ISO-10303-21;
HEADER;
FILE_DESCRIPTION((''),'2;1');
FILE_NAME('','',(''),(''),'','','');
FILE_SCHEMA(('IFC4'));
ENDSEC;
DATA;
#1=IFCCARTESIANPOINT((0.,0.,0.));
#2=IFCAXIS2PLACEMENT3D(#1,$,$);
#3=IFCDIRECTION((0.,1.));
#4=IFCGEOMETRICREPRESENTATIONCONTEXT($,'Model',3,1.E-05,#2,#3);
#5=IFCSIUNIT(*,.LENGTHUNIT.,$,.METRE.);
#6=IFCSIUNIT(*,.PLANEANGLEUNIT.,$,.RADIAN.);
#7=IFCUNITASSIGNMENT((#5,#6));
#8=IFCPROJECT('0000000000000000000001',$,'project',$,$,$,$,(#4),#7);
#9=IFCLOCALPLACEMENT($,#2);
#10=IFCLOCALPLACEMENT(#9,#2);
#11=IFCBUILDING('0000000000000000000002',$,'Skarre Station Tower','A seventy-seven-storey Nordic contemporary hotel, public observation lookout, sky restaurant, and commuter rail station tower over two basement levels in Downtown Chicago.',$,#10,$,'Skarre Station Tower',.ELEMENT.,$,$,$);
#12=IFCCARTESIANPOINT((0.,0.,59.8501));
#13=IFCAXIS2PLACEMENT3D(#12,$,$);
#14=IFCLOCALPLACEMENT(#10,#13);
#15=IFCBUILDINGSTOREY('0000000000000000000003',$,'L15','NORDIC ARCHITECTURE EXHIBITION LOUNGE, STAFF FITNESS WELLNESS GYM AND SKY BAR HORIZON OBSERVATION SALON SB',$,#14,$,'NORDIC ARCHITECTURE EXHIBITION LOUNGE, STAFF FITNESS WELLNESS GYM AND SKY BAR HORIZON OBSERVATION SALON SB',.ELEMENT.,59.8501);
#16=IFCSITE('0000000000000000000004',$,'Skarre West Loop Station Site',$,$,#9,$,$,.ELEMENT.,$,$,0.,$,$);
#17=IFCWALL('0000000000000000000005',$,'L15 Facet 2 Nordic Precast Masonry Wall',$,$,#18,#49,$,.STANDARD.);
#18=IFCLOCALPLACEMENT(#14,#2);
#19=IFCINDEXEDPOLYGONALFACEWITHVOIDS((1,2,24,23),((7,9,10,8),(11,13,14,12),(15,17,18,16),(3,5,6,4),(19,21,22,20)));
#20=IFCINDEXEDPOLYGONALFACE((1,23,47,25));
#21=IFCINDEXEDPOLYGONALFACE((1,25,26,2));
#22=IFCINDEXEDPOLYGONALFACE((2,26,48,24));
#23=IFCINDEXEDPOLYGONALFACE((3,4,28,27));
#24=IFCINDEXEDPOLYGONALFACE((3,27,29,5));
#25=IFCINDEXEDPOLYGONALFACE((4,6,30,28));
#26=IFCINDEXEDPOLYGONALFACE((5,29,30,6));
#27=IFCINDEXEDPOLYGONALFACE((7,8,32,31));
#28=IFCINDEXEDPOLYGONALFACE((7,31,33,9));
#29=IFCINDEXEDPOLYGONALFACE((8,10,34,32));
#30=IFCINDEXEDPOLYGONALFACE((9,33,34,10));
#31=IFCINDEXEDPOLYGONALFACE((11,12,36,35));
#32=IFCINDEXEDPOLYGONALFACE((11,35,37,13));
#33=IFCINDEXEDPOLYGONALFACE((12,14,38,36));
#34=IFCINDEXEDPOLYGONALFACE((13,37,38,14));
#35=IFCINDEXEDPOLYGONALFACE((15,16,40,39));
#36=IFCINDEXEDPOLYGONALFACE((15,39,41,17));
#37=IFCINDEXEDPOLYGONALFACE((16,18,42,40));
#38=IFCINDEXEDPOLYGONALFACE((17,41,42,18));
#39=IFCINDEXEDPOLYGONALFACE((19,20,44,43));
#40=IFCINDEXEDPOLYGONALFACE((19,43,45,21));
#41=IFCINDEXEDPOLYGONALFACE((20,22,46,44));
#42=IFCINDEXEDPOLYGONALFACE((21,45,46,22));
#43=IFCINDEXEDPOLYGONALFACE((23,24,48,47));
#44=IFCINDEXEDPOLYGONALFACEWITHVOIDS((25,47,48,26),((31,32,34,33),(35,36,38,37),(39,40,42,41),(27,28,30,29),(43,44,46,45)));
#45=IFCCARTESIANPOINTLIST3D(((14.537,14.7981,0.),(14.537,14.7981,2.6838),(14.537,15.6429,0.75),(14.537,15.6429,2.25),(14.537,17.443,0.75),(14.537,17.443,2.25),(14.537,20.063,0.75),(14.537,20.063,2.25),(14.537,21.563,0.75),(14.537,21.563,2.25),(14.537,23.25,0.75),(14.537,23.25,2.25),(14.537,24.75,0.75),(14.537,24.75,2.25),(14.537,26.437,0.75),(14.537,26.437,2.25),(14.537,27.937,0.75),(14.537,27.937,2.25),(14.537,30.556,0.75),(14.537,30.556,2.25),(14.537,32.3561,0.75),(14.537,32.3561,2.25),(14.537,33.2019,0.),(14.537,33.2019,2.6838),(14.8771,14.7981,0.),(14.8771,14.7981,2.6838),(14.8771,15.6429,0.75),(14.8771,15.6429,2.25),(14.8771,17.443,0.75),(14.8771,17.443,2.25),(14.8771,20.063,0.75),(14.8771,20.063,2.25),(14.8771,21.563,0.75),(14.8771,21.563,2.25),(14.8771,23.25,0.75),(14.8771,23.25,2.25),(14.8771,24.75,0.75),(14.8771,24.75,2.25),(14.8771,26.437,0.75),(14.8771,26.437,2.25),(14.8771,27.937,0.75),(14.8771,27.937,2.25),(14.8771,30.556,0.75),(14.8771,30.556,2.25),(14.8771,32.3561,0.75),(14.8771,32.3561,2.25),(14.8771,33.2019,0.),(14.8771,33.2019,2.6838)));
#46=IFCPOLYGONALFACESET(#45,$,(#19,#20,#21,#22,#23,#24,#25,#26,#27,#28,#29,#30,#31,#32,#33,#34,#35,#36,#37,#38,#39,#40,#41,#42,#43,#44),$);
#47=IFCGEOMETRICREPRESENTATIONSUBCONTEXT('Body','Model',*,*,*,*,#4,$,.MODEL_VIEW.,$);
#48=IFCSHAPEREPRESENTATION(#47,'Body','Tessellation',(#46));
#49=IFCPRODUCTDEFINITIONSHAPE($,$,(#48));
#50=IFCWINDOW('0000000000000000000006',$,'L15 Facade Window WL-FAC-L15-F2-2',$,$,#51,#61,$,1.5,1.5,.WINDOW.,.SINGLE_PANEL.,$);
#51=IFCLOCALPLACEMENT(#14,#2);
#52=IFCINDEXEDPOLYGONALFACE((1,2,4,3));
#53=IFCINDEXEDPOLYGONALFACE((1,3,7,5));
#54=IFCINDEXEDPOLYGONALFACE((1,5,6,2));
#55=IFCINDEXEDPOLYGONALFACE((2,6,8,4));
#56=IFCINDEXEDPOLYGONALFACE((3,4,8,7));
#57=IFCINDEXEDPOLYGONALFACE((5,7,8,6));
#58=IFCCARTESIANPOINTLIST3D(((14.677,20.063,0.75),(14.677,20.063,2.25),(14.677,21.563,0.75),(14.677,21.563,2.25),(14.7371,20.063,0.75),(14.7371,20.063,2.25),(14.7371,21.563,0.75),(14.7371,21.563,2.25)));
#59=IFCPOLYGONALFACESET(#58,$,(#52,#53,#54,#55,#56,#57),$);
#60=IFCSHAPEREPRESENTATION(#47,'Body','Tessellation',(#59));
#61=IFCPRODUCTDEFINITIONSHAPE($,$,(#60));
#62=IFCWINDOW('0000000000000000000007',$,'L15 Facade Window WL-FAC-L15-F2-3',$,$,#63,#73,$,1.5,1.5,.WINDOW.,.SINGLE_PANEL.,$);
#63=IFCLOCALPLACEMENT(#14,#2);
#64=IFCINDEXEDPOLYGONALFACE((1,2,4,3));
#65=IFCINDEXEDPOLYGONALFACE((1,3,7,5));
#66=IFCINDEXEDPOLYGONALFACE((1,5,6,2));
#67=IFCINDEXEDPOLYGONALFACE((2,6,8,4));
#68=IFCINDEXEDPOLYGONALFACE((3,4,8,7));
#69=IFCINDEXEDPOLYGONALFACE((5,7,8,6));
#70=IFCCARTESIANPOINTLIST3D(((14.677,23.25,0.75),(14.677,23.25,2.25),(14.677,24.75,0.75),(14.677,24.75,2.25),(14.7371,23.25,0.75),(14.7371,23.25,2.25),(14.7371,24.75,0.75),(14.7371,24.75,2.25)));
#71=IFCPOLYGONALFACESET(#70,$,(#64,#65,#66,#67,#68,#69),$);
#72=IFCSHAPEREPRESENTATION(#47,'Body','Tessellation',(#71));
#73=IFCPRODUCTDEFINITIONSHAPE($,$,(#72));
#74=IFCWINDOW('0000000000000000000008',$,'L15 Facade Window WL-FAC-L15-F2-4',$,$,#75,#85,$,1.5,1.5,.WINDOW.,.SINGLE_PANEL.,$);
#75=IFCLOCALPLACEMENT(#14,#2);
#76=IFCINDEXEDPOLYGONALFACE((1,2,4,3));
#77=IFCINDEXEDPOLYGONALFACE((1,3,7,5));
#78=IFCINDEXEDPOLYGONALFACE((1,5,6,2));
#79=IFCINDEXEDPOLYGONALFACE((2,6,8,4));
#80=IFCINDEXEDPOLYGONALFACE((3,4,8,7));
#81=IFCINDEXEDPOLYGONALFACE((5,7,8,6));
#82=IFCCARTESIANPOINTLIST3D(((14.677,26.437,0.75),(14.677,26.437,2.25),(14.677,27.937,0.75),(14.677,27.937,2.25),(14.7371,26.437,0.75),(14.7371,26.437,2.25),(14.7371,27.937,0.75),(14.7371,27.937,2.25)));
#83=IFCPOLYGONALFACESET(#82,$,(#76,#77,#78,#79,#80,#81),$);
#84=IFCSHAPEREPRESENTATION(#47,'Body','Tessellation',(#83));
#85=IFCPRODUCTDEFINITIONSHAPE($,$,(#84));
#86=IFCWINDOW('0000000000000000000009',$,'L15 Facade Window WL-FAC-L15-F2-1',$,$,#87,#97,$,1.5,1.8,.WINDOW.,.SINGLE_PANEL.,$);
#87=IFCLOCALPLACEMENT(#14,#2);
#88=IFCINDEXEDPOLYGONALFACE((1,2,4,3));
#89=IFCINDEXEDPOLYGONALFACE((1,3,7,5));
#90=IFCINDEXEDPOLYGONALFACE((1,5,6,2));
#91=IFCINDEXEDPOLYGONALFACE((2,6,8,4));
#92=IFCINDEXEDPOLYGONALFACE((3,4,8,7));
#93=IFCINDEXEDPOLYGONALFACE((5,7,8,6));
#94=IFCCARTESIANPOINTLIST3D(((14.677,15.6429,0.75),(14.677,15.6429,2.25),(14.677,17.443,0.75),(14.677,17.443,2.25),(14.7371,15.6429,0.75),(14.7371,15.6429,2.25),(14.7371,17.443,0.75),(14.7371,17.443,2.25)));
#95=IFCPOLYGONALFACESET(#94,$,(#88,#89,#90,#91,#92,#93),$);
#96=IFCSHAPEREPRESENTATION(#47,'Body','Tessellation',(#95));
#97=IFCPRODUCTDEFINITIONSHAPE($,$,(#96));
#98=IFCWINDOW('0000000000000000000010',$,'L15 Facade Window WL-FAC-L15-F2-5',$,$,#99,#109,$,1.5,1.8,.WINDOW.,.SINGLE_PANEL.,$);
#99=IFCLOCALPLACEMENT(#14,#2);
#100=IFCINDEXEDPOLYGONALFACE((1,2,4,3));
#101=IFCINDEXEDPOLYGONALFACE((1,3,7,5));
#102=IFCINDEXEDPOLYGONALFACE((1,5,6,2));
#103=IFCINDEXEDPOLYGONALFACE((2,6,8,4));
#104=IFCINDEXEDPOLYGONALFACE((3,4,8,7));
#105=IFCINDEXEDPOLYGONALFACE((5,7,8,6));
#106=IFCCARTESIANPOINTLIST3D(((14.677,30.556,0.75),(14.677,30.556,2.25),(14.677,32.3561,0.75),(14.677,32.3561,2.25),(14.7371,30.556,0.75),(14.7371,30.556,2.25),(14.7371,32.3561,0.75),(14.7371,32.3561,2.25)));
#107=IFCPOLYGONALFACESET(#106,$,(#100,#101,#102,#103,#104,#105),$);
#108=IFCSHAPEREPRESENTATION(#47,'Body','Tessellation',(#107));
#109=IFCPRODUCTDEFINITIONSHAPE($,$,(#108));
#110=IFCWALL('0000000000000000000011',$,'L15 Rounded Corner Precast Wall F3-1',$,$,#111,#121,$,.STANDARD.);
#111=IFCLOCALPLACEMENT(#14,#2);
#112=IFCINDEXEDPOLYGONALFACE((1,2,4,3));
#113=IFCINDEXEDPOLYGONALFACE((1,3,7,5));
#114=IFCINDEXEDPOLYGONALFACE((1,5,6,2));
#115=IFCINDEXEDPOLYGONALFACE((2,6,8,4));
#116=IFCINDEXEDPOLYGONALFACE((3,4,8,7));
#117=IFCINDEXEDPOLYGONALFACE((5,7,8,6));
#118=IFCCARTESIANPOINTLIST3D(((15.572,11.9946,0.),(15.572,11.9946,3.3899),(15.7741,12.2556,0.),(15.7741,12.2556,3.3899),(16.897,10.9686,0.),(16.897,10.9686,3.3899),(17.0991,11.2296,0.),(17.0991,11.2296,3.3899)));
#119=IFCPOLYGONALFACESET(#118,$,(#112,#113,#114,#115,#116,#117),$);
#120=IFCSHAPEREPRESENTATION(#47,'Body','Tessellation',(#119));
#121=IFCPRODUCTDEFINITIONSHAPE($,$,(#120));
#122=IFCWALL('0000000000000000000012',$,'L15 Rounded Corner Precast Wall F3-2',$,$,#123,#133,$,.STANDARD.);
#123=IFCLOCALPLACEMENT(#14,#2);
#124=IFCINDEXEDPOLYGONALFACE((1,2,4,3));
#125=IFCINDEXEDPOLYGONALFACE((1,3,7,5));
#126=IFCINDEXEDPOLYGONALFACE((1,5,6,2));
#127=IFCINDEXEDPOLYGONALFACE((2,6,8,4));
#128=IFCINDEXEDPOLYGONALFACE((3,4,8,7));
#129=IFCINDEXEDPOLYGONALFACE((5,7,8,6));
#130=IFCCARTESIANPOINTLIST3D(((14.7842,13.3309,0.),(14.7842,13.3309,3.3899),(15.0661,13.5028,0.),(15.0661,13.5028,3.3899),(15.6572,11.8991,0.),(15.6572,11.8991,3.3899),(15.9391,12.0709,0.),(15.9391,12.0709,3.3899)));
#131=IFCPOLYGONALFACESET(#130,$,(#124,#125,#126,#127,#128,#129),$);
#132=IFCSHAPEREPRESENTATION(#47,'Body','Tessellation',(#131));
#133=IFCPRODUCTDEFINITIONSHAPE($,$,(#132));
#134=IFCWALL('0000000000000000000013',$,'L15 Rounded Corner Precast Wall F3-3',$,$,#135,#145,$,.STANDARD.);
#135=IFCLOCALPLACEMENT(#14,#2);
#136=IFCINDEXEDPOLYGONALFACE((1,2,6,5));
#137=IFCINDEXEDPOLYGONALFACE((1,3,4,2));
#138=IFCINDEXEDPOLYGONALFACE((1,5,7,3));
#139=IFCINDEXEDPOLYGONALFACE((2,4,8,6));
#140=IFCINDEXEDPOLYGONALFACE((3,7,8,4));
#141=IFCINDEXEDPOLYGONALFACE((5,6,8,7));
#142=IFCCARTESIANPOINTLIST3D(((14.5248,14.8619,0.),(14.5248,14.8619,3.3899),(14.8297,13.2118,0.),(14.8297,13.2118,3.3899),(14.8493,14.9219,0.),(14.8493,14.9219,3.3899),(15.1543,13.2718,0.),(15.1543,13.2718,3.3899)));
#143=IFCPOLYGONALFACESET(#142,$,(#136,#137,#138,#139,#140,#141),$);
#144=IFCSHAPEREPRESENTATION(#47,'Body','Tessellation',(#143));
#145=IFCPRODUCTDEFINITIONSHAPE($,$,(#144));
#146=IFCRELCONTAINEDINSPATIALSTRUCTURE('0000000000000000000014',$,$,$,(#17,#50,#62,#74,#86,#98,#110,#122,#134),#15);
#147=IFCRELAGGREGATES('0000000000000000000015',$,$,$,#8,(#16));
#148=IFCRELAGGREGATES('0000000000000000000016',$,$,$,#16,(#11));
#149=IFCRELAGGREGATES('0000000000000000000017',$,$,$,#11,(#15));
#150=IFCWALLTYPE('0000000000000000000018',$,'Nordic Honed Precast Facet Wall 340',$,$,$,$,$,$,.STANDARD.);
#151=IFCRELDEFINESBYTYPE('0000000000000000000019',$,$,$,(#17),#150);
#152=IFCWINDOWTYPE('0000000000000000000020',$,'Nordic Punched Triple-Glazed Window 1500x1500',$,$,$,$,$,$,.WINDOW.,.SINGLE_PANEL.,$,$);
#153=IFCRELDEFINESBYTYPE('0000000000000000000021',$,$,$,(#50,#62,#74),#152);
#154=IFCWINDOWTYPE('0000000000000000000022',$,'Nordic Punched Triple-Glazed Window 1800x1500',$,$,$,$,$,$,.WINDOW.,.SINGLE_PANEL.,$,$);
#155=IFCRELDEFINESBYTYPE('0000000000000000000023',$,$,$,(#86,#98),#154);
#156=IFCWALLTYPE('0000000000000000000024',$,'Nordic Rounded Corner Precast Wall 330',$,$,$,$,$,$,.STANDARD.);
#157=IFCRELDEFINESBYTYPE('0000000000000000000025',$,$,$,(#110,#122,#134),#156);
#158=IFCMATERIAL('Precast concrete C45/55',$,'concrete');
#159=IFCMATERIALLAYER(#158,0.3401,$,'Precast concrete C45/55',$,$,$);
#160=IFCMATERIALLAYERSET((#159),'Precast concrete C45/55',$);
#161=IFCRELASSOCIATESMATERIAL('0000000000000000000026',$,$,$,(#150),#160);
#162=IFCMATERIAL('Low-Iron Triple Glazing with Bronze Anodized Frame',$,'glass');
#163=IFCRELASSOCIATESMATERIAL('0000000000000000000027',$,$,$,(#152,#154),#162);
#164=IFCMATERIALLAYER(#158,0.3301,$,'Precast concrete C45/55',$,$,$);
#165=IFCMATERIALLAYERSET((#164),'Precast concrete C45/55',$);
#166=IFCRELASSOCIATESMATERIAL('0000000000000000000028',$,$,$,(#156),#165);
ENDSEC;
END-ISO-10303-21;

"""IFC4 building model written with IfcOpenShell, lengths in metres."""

from ifc_helpers import new_model, si_unit, direction, frame, frame_2d, origin, place, context, subcontext, project, spatial, rectangle, extrude, material, layer, layer_set, type_object, element, fill, save


model = new_model("IFC4")

# Units and contexts
model_context = context("Model", 3, precision=1e-05, world=origin(), true_north=direction((0.0, 1.0)))
body_context = subcontext(model_context, "Body", "Model", "MODEL_VIEW")
ifc_project = project(units=[si_unit("LENGTHUNIT", "METRE"), si_unit("PLANEANGLEUNIT", "RADIAN")], contexts=[model_context])

# Site, building, storey
site_placement = place(None, origin())
site = spatial("IfcSite", under=ifc_project, at=site_placement, Name="Skarre West Loop Station Site", CompositionType="ELEMENT", RefElevation=0.0)
building_placement = place(site_placement, origin())
building = spatial("IfcBuilding", under=site, at=building_placement, Name="Skarre Station Tower", Description="A seventy-seven-storey Nordic contemporary hotel, public observation lookout, sky restaurant, and commuter rail station tower over two basement levels in Downtown Chicago.", LongName="Skarre Station Tower", CompositionType="ELEMENT")
storey_placement = place(building_placement, frame((0.0, 0.0, 59.8501)))
storey = spatial("IfcBuildingStorey", under=building, at=storey_placement, Name="L15", Description="NORDIC ARCHITECTURE EXHIBITION LOUNGE, STAFF FITNESS WELLNESS GYM AND SKY BAR HORIZON OBSERVATION SALON SB", LongName="NORDIC ARCHITECTURE EXHIBITION LOUNGE, STAFF FITNESS WELLNESS GYM AND SKY BAR HORIZON OBSERVATION SALON SB", CompositionType="ELEMENT", Elevation=59.8501)

# Wall, openings, windows
ifc_material_1 = material(Name="Precast concrete C45/55", Category="concrete")
ifc_layer_1 = layer(ifc_material_1, 0.3401, Name="Precast concrete C45/55")
ifc_layer_set_1 = layer_set([ifc_layer_1], Name="Precast concrete C45/55")
wall_type_1 = type_object("IfcWallType", Name="Nordic Honed Precast Facet Wall 340", PredefinedType="STANDARD", material=ifc_layer_set_1)
wall_1_placement = place(storey_placement, frame((14.707, 14.7981, 0.0), z_axis=(0.0, 0.0, 1.0), x_axis=(0.0, 1.0, 0.0)))
wall_1 = element("IfcWall", 1, at=wall_1_placement, inside=storey, type_object=wall_type_1, Name="L15 Facet 2 Nordic Precast Masonry Wall", PredefinedType="STANDARD", context=body_context, shape_type="SweptSolid", body=[
    extrude(rectangle(XDim=18.4038, YDim=0.3401, at=frame_2d((9.2019, 0.0))), origin(), (0.0, 0.0, 1.0), 2.6838),
])
opening_1_placement = place(wall_1_placement, frame((0.845, 0.0, 0.75)))
opening_1 = element("IfcOpeningElement", 2, at=opening_1_placement, cuts=wall_1, PredefinedType="OPENING", context=body_context, shape_type="SweptSolid", body=[
    extrude(rectangle(XDim=1.8, YDim=1.5, at=frame_2d((0.8999, 0.75))), frame((0.0, 0.1799, 0.0), z_axis=(0.0, -1.0, 0.0), x_axis=(1.0, 0.0, 0.0)), (0.0, 0.0, 1.0), 0.3601),
])
opening_2_placement = place(wall_1_placement, frame((5.2649, 0.0, 0.75)))
opening_2 = element("IfcOpeningElement", 3, at=opening_2_placement, cuts=wall_1, PredefinedType="OPENING", context=body_context, shape_type="SweptSolid", body=[
    extrude(rectangle(XDim=1.5, YDim=1.5, at=frame_2d((0.75, 0.75))), frame((0.0, 0.1799, 0.0), z_axis=(0.0, -1.0, 0.0), x_axis=(1.0, 0.0, 0.0)), (0.0, 0.0, 1.0), 0.3601),
])
opening_3_placement = place(wall_1_placement, frame((8.4519, 0.0, 0.75)))
opening_3 = element("IfcOpeningElement", 4, at=opening_3_placement, cuts=wall_1, PredefinedType="OPENING", context=body_context, shape_type="SweptSolid", body=[
    extrude(rectangle(XDim=1.5, YDim=1.5, at=frame_2d((0.75, 0.75))), frame((0.0, 0.1799, 0.0), z_axis=(0.0, -1.0, 0.0), x_axis=(1.0, 0.0, 0.0)), (0.0, 0.0, 1.0), 0.3601),
])
opening_4_placement = place(wall_1_placement, frame((11.6389, 0.0, 0.75)))
opening_4 = element("IfcOpeningElement", 5, at=opening_4_placement, cuts=wall_1, PredefinedType="OPENING", context=body_context, shape_type="SweptSolid", body=[
    extrude(rectangle(XDim=1.5, YDim=1.5, at=frame_2d((0.75, 0.75))), frame((0.0, 0.1799, 0.0), z_axis=(0.0, -1.0, 0.0), x_axis=(1.0, 0.0, 0.0)), (0.0, 0.0, 1.0), 0.3601),
])
opening_5_placement = place(wall_1_placement, frame((15.7581, 0.0, 0.75)))
opening_5 = element("IfcOpeningElement", 6, at=opening_5_placement, cuts=wall_1, PredefinedType="OPENING", context=body_context, shape_type="SweptSolid", body=[
    extrude(rectangle(XDim=1.8, YDim=1.5, at=frame_2d((0.8999, 0.75))), frame((0.0, 0.1799, 0.0), z_axis=(0.0, -1.0, 0.0), x_axis=(1.0, 0.0, 0.0)), (0.0, 0.0, 1.0), 0.3601),
])
ifc_material_2 = material(Name="Low-Iron Triple Glazing with Bronze Anodized Frame", Category="glass")
window_type_1 = type_object("IfcWindowType", Name="Nordic Punched Triple-Glazed Window 1500x1500", PartitioningType="SINGLE_PANEL", PredefinedType="WINDOW", material=ifc_material_2)
window_1_placement = place(opening_2_placement, origin())
window_1 = element("IfcWindow", 7, at=window_1_placement, inside=storey, type_object=window_type_1, Name="L15 Facade Window WL-FAC-L15-F2-2", OverallHeight=1.5, OverallWidth=1.5, PartitioningType="SINGLE_PANEL", PredefinedType="WINDOW", context=body_context, shape_type="SweptSolid", body=[
    extrude(rectangle(XDim=1.5, YDim=1.5, at=frame_2d((0.75, 0.75))), frame((0.0, 0.03, 0.0), z_axis=(0.0, -1.0, 0.0), x_axis=(1.0, 0.0, 0.0)), (0.0, 0.0, 1.0), 0.0601),
])
fill(opening_2, window_1)
window_2_placement = place(opening_3_placement, origin())
window_2 = element("IfcWindow", 8, at=window_2_placement, inside=storey, type_object=window_type_1, Name="L15 Facade Window WL-FAC-L15-F2-3", OverallHeight=1.5, OverallWidth=1.5, PartitioningType="SINGLE_PANEL", PredefinedType="WINDOW", context=body_context, shape_type="SweptSolid", body=[
    extrude(rectangle(XDim=1.5, YDim=1.5, at=frame_2d((0.75, 0.75))), frame((0.0, 0.03, 0.0), z_axis=(0.0, -1.0, 0.0), x_axis=(1.0, 0.0, 0.0)), (0.0, 0.0, 1.0), 0.0601),
])
fill(opening_3, window_2)
window_3_placement = place(opening_4_placement, origin())
window_3 = element("IfcWindow", 9, at=window_3_placement, inside=storey, type_object=window_type_1, Name="L15 Facade Window WL-FAC-L15-F2-4", OverallHeight=1.5, OverallWidth=1.5, PartitioningType="SINGLE_PANEL", PredefinedType="WINDOW", context=body_context, shape_type="SweptSolid", body=[
    extrude(rectangle(XDim=1.5, YDim=1.5, at=frame_2d((0.75, 0.75))), frame((0.0, 0.03, 0.0), z_axis=(0.0, -1.0, 0.0), x_axis=(1.0, 0.0, 0.0)), (0.0, 0.0, 1.0), 0.0601),
])
fill(opening_4, window_3)
window_type_2 = type_object("IfcWindowType", Name="Nordic Punched Triple-Glazed Window 1800x1500", PartitioningType="SINGLE_PANEL", PredefinedType="WINDOW", material=ifc_material_2)
window_4_placement = place(opening_1_placement, origin())
window_4 = element("IfcWindow", 10, at=window_4_placement, inside=storey, type_object=window_type_2, Name="L15 Facade Window WL-FAC-L15-F2-1", OverallHeight=1.5, OverallWidth=1.8, PartitioningType="SINGLE_PANEL", PredefinedType="WINDOW", context=body_context, shape_type="SweptSolid", body=[
    extrude(rectangle(XDim=1.8, YDim=1.5, at=frame_2d((0.8999, 0.75))), frame((0.0, 0.03, 0.0), z_axis=(0.0, -1.0, 0.0), x_axis=(1.0, 0.0, 0.0)), (0.0, 0.0, 1.0), 0.0601),
])
fill(opening_1, window_4)
window_5_placement = place(opening_5_placement, origin())
window_5 = element("IfcWindow", 11, at=window_5_placement, inside=storey, type_object=window_type_2, Name="L15 Facade Window WL-FAC-L15-F2-5", OverallHeight=1.5, OverallWidth=1.8, PartitioningType="SINGLE_PANEL", PredefinedType="WINDOW", context=body_context, shape_type="SweptSolid", body=[
    extrude(rectangle(XDim=1.8, YDim=1.5, at=frame_2d((0.8999, 0.75))), frame((0.0, 0.03, 0.0), z_axis=(0.0, -1.0, 0.0), x_axis=(1.0, 0.0, 0.0)), (0.0, 0.0, 1.0), 0.0601),
])
fill(opening_5, window_5)

# Walls
ifc_layer_2 = layer(ifc_material_1, 0.3301, Name="Precast concrete C45/55")
ifc_layer_set_2 = layer_set([ifc_layer_2], Name="Precast concrete C45/55")
wall_type_2 = type_object("IfcWallType", Name="Nordic Rounded Corner Precast Wall 330", PredefinedType="STANDARD", material=ifc_layer_set_2)
wall_2_placement = place(storey_placement, frame((16.998, 11.0991, 0.0), z_axis=(0.0, 0.0, 1.0), x_axis=(-0.790692, 0.612214, 0.0)))
element("IfcWall", 12, at=wall_2_placement, inside=storey, type_object=wall_type_2, Name="L15 Rounded Corner Precast Wall F3-1", PredefinedType="STANDARD", context=body_context, shape_type="SweptSolid", body=[
    extrude(rectangle(XDim=1.6758, YDim=0.3301, at=frame_2d((0.8379, 0.0))), origin(), (0.0, 0.0, 1.0), 3.3899),
])
wall_3_placement = place(storey_placement, frame((15.7981, 11.9851, 0.0), z_axis=(0.0, 0.0, 1.0), x_axis=(-0.520584, 0.85381, 0.0)))
element("IfcWall", 13, at=wall_3_placement, inside=storey, type_object=wall_type_2, Name="L15 Rounded Corner Precast Wall F3-2", PredefinedType="STANDARD", context=body_context, shape_type="SweptSolid", body=[
    extrude(rectangle(XDim=1.677, YDim=0.3301, at=frame_2d((0.8384, 0.0))), origin(), (0.0, 0.0, 1.0), 3.3899),
])
wall_4_placement = place(storey_placement, frame((14.9919, 13.2419, 0.0), z_axis=(0.0, 0.0, 1.0), x_axis=(-0.181714, 0.983351, 0.0)))
element("IfcWall", 14, at=wall_4_placement, inside=storey, type_object=wall_type_2, Name="L15 Rounded Corner Precast Wall F3-3", PredefinedType="STANDARD", context=body_context, shape_type="SweptSolid", body=[
    extrude(rectangle(XDim=1.678, YDim=0.3301, at=frame_2d((0.8389, 0.0))), origin(), (0.0, 0.0, 1.0), 3.3899),
])

save(model, "model.ifc")
